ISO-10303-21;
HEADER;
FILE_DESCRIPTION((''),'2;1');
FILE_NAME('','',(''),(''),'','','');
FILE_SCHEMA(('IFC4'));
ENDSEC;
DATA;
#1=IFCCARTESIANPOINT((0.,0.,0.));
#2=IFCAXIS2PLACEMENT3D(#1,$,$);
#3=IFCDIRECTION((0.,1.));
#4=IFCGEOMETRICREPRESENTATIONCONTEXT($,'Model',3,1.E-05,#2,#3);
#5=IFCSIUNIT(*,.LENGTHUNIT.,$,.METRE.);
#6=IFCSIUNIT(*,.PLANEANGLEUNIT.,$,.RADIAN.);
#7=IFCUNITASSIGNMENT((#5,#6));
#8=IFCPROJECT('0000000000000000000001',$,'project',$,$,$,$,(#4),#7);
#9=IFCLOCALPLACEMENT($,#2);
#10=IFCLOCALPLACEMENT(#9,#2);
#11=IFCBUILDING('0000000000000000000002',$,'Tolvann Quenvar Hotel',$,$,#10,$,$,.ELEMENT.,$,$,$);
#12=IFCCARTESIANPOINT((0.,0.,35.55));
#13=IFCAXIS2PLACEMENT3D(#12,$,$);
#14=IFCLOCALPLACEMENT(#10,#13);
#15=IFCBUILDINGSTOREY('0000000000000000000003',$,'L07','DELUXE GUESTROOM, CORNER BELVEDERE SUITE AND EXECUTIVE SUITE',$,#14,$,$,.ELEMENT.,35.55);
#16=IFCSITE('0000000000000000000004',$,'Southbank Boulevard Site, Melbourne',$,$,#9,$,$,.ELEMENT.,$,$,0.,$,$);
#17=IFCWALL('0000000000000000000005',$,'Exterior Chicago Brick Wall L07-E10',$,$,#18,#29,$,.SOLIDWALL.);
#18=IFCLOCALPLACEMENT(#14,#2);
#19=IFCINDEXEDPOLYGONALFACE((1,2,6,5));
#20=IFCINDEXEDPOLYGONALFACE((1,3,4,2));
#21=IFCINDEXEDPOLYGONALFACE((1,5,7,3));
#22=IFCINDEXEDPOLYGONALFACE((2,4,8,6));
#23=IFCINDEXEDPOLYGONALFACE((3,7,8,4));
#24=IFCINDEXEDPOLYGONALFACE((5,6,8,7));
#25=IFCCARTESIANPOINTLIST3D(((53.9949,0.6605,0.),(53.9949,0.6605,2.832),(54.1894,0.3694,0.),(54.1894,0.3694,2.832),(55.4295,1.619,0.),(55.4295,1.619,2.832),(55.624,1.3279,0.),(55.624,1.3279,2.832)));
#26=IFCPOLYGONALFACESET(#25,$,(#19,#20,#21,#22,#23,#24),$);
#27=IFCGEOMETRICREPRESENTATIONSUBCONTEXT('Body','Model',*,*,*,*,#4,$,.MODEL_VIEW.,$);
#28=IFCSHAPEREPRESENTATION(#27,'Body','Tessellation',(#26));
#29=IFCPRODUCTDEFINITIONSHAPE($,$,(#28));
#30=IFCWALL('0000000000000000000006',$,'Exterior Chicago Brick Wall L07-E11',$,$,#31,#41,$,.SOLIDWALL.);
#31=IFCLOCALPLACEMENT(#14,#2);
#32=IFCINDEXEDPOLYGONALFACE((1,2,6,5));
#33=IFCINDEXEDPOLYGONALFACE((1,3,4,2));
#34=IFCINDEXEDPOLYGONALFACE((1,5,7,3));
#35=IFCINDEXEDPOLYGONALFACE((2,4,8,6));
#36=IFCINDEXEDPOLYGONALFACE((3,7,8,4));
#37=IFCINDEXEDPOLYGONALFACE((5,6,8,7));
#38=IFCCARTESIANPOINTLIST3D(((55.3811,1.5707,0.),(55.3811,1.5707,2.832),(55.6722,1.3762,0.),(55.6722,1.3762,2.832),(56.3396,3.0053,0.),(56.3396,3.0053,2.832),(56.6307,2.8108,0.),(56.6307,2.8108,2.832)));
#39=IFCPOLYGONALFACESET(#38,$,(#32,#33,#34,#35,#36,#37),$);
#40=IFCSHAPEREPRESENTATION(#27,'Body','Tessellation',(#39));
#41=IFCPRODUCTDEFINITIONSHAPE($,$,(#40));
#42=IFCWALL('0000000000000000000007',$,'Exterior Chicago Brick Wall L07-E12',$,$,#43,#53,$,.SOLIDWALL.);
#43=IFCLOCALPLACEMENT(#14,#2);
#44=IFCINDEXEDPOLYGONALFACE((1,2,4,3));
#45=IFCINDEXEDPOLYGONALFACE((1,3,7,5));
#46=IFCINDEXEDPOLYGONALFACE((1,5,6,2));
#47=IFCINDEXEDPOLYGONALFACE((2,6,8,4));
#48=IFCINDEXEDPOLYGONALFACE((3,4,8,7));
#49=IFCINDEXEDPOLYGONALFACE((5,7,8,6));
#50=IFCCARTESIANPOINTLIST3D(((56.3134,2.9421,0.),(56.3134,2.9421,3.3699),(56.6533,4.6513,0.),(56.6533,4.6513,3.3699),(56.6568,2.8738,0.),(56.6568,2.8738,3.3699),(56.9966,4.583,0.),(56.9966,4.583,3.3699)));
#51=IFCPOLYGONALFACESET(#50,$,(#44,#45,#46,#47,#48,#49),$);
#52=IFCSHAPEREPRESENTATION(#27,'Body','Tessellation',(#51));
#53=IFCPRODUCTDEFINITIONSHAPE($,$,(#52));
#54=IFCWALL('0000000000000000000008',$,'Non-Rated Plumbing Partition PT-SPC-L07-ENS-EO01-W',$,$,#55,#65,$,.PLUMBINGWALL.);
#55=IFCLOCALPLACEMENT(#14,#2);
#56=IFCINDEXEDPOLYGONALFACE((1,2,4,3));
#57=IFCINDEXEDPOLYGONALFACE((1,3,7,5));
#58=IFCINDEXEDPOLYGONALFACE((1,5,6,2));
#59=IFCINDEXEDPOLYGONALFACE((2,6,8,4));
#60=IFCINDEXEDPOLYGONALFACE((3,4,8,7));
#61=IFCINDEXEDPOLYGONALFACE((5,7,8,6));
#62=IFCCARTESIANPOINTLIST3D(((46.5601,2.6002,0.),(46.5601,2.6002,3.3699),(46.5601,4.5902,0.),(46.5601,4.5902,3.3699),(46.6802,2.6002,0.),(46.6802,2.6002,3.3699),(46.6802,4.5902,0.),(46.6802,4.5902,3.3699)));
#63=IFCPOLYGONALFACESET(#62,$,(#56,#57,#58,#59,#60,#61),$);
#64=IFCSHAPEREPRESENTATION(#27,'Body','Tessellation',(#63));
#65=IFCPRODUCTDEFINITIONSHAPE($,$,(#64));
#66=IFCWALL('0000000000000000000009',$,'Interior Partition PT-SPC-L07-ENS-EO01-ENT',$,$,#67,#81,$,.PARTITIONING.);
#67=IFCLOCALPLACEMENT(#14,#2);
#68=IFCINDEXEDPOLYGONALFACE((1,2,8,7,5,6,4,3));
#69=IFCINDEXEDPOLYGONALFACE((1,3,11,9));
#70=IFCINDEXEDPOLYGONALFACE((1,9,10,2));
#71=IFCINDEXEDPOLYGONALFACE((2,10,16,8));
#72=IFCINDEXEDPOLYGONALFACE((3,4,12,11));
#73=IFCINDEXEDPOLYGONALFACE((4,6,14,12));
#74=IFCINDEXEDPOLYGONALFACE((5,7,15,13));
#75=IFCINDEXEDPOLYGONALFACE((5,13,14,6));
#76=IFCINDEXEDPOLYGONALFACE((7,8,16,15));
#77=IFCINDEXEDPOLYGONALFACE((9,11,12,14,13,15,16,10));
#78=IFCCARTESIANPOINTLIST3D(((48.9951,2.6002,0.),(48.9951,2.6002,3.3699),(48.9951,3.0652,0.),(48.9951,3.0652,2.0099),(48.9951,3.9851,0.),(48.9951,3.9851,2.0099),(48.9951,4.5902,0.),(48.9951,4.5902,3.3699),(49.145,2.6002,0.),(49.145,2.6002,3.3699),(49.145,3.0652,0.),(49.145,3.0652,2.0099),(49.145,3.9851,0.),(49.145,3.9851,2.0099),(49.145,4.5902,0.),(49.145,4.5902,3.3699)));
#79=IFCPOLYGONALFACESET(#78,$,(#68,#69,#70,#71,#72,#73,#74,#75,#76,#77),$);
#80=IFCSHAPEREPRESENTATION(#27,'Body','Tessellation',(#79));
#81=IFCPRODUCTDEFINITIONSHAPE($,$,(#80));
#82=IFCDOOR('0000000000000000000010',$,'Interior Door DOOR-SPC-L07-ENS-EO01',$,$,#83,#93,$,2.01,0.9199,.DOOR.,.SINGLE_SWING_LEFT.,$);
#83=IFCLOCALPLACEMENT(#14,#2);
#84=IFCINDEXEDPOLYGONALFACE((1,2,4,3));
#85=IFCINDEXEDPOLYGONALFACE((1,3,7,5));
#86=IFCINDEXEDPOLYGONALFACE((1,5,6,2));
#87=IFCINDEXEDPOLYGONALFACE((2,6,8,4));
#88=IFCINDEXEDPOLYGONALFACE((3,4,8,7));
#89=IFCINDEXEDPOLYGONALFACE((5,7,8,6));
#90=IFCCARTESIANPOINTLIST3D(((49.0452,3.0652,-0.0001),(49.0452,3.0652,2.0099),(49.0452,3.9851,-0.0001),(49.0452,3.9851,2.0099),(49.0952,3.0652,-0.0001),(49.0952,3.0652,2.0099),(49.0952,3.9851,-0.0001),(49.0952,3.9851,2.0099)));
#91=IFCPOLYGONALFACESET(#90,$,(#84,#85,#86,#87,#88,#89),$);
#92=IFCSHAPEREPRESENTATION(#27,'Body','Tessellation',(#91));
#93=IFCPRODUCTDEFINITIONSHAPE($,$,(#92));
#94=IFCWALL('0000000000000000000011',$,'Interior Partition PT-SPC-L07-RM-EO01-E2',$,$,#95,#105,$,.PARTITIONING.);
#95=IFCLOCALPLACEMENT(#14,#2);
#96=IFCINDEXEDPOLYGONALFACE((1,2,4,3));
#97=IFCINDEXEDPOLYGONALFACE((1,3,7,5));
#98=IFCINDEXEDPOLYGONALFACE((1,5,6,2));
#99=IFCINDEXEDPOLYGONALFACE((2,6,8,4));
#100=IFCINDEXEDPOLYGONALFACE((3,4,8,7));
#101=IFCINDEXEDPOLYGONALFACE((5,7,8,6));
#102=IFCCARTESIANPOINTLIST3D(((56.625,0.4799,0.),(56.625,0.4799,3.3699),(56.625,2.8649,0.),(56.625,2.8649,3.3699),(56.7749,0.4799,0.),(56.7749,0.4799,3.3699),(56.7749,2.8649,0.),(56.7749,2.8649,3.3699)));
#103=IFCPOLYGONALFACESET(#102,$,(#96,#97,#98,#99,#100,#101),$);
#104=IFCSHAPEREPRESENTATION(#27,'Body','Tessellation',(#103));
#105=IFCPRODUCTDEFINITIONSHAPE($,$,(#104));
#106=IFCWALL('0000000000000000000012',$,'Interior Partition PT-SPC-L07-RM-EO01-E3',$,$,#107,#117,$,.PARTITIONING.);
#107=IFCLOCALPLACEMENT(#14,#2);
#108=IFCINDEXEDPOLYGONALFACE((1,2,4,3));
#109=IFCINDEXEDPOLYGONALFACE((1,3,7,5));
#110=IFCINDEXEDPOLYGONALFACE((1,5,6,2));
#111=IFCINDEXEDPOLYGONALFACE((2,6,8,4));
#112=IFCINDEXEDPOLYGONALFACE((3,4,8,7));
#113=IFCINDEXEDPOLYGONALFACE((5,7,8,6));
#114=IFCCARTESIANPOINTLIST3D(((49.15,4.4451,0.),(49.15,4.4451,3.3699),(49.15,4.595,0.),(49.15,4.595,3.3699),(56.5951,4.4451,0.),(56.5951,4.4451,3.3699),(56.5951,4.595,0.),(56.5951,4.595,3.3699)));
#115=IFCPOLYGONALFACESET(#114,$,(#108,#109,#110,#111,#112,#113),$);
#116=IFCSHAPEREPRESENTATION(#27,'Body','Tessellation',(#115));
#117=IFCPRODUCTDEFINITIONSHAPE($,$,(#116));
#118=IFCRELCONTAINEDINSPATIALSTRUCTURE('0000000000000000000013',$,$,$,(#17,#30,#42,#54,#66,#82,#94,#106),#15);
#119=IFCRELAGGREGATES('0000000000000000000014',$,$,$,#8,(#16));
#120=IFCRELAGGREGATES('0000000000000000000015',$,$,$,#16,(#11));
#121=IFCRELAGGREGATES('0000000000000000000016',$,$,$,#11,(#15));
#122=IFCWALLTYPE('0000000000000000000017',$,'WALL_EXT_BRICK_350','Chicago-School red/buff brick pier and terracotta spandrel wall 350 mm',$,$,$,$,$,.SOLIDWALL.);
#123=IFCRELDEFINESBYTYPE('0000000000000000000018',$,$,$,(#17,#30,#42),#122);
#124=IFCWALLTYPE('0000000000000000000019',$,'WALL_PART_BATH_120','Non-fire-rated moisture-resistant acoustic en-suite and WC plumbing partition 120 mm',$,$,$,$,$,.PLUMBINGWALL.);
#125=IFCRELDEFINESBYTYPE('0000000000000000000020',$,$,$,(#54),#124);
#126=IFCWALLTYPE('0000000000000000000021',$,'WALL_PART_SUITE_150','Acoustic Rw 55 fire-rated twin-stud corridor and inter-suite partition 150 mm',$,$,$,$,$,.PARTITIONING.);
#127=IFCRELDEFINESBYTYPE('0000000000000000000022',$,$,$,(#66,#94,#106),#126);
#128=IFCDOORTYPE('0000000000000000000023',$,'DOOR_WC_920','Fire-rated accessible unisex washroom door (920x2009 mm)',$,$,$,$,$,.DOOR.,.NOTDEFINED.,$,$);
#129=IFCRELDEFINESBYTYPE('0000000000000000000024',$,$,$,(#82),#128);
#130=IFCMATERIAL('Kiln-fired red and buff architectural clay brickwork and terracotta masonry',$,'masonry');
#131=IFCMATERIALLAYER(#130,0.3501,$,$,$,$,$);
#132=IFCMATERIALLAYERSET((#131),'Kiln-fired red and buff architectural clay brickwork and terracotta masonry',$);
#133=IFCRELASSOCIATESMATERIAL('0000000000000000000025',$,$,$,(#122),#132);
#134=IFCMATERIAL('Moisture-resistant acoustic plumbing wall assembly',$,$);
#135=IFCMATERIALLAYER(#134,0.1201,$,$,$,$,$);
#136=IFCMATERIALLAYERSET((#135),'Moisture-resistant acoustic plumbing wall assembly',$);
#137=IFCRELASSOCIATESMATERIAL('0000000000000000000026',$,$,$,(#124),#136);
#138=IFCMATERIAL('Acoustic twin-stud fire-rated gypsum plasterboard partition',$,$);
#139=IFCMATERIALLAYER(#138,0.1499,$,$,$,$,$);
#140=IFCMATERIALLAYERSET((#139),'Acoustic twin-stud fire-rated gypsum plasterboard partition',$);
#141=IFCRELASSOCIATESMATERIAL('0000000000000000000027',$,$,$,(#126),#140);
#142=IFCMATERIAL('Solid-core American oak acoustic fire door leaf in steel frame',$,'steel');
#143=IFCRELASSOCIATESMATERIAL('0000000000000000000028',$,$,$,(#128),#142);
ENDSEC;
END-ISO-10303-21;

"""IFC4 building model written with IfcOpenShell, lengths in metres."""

from ifc_helpers import new_model, si_unit, direction, frame, frame_2d, origin, place, context, subcontext, project, spatial, rectangle, extrude, source, transform, mapped, material, layer, layer_set, type_object, type_shapes, element, fill, save


model = new_model("IFC4")

# Units and contexts
model_context = context("Model", 3, precision=1e-05, world=origin(), true_north=direction((0.0, 1.0)))
body_context = subcontext(model_context, "Body", "Model", "MODEL_VIEW")
ifc_project = project(units=[si_unit("LENGTHUNIT", "METRE"), si_unit("PLANEANGLEUNIT", "RADIAN")], contexts=[model_context])

# Site, building, storey
site_placement = place(None, origin())
site = spatial("IfcSite", under=ifc_project, at=site_placement, Name="Southbank Boulevard Site, Melbourne", CompositionType="ELEMENT", RefElevation=0.0)
building_placement = place(site_placement, origin())
building = spatial("IfcBuilding", under=site, at=building_placement, Name="Tolvann Quenvar Hotel", CompositionType="ELEMENT")
storey_placement = place(building_placement, frame((0.0, 0.0, 35.55)))
storey = spatial("IfcBuildingStorey", under=building, at=storey_placement, Name="L07", Description="DELUXE GUESTROOM, CORNER BELVEDERE SUITE AND EXECUTIVE SUITE", CompositionType="ELEMENT", Elevation=35.55)

# Walls
ifc_material_1 = material(Name="Kiln-fired red and buff architectural clay brickwork and terracotta masonry", Category="masonry")
ifc_layer_1 = layer(ifc_material_1, 0.3501)
ifc_layer_set_1 = layer_set([ifc_layer_1], Name="Kiln-fired red and buff architectural clay brickwork and terracotta masonry")
wall_type_1 = type_object("IfcWallType", Name="WALL_EXT_BRICK_350", Description="Chicago-School red/buff brick pier and terracotta spandrel wall 350 mm", PredefinedType="SOLIDWALL", material=ifc_layer_set_1)
for number, where, z_axis, x_axis, name in (
    (1, (54.092, 0.5149, 0.0), (0.0, 0.0, 1.0), (0.831484, 0.555549, 0.0), "Exterior Chicago Brick Wall L07-E10"),
    (2, (55.5266, 1.4734, 0.0), (0.0, 0.0, 1.0), (0.555549, 0.831484, 0.0), "Exterior Chicago Brick Wall L07-E11"),
):
    element("IfcWall", number, at=place(storey_placement, frame(where, z_axis=z_axis, x_axis=x_axis)), inside=storey, type_object=wall_type_1, Name=name, PredefinedType="SOLIDWALL", context=body_context, shape_type="SweptSolid", body=[
        extrude(rectangle(XDim=1.7253, YDim=0.3501, at=frame_2d((0.8628, 0.0))), origin(), (0.0, 0.0, 1.0), 2.832),
    ])
wall_1_placement = place(storey_placement, frame((56.4851, 2.908, 0.0), z_axis=(0.0, 0.0, 1.0), x_axis=(0.195011, 0.980801, 0.0)))
element("IfcWall", 3, at=wall_1_placement, inside=storey, type_object=wall_type_1, Name="Exterior Chicago Brick Wall L07-E12", PredefinedType="SOLIDWALL", context=body_context, shape_type="SweptSolid", body=[
    extrude(rectangle(XDim=1.7427, YDim=0.3501, at=frame_2d((0.8713, 0.0))), origin(), (0.0, 0.0, 1.0), 3.3699),
])
ifc_material_2 = material(Name="Moisture-resistant acoustic plumbing wall assembly")
ifc_layer_2 = layer(ifc_material_2, 0.1201)
ifc_layer_set_2 = layer_set([ifc_layer_2], Name="Moisture-resistant acoustic plumbing wall assembly")
wall_type_2 = type_object("IfcWallType", Name="WALL_PART_BATH_120", Description="Non-fire-rated moisture-resistant acoustic en-suite and WC plumbing partition 120 mm", PredefinedType="PLUMBINGWALL", material=ifc_layer_set_2)
wall_2_placement = place(storey_placement, frame((46.6201, 2.6001, 0.0), z_axis=(0.0, 0.0, 1.0), x_axis=(0.0, 1.0, 0.0)))
element("IfcWall", 4, at=wall_2_placement, inside=storey, type_object=wall_type_2, Name="Non-Rated Plumbing Partition PT-SPC-L07-ENS-EO01-W", PredefinedType="PLUMBINGWALL", context=body_context, shape_type="SweptSolid", body=[
    extrude(rectangle(XDim=1.99, YDim=0.1201, at=frame_2d((0.9951, 0.0))), origin(), (0.0, 0.0, 1.0), 3.3699),
])

# Wall, opening, door
ifc_material_3 = material(Name="Acoustic twin-stud fire-rated gypsum plasterboard partition")
ifc_layer_3 = layer(ifc_material_3, 0.1499)
ifc_layer_set_3 = layer_set([ifc_layer_3], Name="Acoustic twin-stud fire-rated gypsum plasterboard partition")
wall_type_3 = type_object("IfcWallType", Name="WALL_PART_SUITE_150", Description="Acoustic Rw 55 fire-rated twin-stud corridor and inter-suite partition 150 mm", PredefinedType="PARTITIONING", material=ifc_layer_set_3)
wall_3_placement = place(storey_placement, frame((49.0701, 2.6001, 0.0), z_axis=(0.0, 0.0, 1.0), x_axis=(0.0, 1.0, 0.0)))
wall_3 = element("IfcWall", 5, at=wall_3_placement, inside=storey, type_object=wall_type_3, Name="Interior Partition PT-SPC-L07-ENS-EO01-ENT", PredefinedType="PARTITIONING", context=body_context, shape_type="SweptSolid", body=[
    extrude(rectangle(XDim=1.99, YDim=0.1499, at=frame_2d((0.9951, 0.0))), origin(), (0.0, 0.0, 1.0), 3.3699),
])
opening_1_placement = place(wall_3_placement, frame((0.4651, 0.0, 0.0)))
opening_1 = element("IfcOpeningElement", 6, at=opening_1_placement, cuts=wall_3, PredefinedType="OPENING", context=body_context, shape_type="SweptSolid", body=[
    extrude(rectangle(XDim=0.9199, YDim=2.01, at=frame_2d((0.46, 1.0049))), frame((0.0, 0.085, 0.0), z_axis=(0.0, -1.0, 0.0), x_axis=(1.0, 0.0, 0.0)), (0.0, 0.0, 1.0), 0.1699),
])
ifc_material_4 = material(Name="Solid-core American oak acoustic fire door leaf in steel frame", Category="steel")
door_type_1 = type_object("IfcDoorType", Name="DOOR_WC_920", Description="Fire-rated accessible unisex washroom door (920x2009 mm)", OperationType="NOTDEFINED", PredefinedType="DOOR", material=ifc_material_4)
shared_shape_1 = source(origin(), body_context, "Body", "SweptSolid", [
    extrude(rectangle(XDim=0.9199, YDim=2.01, at=frame_2d((0.46, 1.0049))), frame((0.0, 0.0249, 0.0), z_axis=(0.0, -1.0, 0.0), x_axis=(1.0, 0.0, 0.0)), (0.0, 0.0, 1.0), 0.05),
])
type_shapes(door_type_1, [shared_shape_1])
door_1_placement = place(opening_1_placement, origin())
door_1 = element("IfcDoor", 7, at=door_1_placement, inside=storey, type_object=door_type_1, Name="Interior Door DOOR-SPC-L07-ENS-EO01", OperationType="SINGLE_SWING_LEFT", OverallHeight=2.01, OverallWidth=0.9199, PredefinedType="DOOR", context=body_context, shape_type="MappedRepresentation", body=[
    mapped(shared_shape_1, transform((0.0, 0.0, 0.0), x_axis=(1.0, 0.0, 0.0), y_axis=(0.0, 1.0, 0.0), z_axis=(0.0, 0.0, 1.0), scale=1.0)),
])
fill(opening_1, door_1)

# Walls
wall_4_placement = place(storey_placement, frame((56.7, 0.48, 0.0), z_axis=(0.0, 0.0, 1.0), x_axis=(0.0, 1.0, 0.0)))
element("IfcWall", 8, at=wall_4_placement, inside=storey, type_object=wall_type_3, Name="Interior Partition PT-SPC-L07-RM-EO01-E2", PredefinedType="PARTITIONING", context=body_context, shape_type="SweptSolid", body=[
    extrude(rectangle(XDim=2.385, YDim=0.1499, at=frame_2d((1.1924, 0.0))), origin(), (0.0, 0.0, 1.0), 3.3699),
])
wall_5_placement = place(storey_placement, frame((49.1499, 4.52, 0.0), z_axis=(0.0, 0.0, 1.0), x_axis=(1.0, 0.0, 0.0)))
element("IfcWall", 9, at=wall_5_placement, inside=storey, type_object=wall_type_3, Name="Interior Partition PT-SPC-L07-RM-EO01-E3", PredefinedType="PARTITIONING", context=body_context, shape_type="SweptSolid", body=[
    extrude(rectangle(XDim=7.4451, YDim=0.1499, at=frame_2d((3.7227, 0.0))), origin(), (0.0, 0.0, 1.0), 3.3699),
])

save(model, "model.ifc")
